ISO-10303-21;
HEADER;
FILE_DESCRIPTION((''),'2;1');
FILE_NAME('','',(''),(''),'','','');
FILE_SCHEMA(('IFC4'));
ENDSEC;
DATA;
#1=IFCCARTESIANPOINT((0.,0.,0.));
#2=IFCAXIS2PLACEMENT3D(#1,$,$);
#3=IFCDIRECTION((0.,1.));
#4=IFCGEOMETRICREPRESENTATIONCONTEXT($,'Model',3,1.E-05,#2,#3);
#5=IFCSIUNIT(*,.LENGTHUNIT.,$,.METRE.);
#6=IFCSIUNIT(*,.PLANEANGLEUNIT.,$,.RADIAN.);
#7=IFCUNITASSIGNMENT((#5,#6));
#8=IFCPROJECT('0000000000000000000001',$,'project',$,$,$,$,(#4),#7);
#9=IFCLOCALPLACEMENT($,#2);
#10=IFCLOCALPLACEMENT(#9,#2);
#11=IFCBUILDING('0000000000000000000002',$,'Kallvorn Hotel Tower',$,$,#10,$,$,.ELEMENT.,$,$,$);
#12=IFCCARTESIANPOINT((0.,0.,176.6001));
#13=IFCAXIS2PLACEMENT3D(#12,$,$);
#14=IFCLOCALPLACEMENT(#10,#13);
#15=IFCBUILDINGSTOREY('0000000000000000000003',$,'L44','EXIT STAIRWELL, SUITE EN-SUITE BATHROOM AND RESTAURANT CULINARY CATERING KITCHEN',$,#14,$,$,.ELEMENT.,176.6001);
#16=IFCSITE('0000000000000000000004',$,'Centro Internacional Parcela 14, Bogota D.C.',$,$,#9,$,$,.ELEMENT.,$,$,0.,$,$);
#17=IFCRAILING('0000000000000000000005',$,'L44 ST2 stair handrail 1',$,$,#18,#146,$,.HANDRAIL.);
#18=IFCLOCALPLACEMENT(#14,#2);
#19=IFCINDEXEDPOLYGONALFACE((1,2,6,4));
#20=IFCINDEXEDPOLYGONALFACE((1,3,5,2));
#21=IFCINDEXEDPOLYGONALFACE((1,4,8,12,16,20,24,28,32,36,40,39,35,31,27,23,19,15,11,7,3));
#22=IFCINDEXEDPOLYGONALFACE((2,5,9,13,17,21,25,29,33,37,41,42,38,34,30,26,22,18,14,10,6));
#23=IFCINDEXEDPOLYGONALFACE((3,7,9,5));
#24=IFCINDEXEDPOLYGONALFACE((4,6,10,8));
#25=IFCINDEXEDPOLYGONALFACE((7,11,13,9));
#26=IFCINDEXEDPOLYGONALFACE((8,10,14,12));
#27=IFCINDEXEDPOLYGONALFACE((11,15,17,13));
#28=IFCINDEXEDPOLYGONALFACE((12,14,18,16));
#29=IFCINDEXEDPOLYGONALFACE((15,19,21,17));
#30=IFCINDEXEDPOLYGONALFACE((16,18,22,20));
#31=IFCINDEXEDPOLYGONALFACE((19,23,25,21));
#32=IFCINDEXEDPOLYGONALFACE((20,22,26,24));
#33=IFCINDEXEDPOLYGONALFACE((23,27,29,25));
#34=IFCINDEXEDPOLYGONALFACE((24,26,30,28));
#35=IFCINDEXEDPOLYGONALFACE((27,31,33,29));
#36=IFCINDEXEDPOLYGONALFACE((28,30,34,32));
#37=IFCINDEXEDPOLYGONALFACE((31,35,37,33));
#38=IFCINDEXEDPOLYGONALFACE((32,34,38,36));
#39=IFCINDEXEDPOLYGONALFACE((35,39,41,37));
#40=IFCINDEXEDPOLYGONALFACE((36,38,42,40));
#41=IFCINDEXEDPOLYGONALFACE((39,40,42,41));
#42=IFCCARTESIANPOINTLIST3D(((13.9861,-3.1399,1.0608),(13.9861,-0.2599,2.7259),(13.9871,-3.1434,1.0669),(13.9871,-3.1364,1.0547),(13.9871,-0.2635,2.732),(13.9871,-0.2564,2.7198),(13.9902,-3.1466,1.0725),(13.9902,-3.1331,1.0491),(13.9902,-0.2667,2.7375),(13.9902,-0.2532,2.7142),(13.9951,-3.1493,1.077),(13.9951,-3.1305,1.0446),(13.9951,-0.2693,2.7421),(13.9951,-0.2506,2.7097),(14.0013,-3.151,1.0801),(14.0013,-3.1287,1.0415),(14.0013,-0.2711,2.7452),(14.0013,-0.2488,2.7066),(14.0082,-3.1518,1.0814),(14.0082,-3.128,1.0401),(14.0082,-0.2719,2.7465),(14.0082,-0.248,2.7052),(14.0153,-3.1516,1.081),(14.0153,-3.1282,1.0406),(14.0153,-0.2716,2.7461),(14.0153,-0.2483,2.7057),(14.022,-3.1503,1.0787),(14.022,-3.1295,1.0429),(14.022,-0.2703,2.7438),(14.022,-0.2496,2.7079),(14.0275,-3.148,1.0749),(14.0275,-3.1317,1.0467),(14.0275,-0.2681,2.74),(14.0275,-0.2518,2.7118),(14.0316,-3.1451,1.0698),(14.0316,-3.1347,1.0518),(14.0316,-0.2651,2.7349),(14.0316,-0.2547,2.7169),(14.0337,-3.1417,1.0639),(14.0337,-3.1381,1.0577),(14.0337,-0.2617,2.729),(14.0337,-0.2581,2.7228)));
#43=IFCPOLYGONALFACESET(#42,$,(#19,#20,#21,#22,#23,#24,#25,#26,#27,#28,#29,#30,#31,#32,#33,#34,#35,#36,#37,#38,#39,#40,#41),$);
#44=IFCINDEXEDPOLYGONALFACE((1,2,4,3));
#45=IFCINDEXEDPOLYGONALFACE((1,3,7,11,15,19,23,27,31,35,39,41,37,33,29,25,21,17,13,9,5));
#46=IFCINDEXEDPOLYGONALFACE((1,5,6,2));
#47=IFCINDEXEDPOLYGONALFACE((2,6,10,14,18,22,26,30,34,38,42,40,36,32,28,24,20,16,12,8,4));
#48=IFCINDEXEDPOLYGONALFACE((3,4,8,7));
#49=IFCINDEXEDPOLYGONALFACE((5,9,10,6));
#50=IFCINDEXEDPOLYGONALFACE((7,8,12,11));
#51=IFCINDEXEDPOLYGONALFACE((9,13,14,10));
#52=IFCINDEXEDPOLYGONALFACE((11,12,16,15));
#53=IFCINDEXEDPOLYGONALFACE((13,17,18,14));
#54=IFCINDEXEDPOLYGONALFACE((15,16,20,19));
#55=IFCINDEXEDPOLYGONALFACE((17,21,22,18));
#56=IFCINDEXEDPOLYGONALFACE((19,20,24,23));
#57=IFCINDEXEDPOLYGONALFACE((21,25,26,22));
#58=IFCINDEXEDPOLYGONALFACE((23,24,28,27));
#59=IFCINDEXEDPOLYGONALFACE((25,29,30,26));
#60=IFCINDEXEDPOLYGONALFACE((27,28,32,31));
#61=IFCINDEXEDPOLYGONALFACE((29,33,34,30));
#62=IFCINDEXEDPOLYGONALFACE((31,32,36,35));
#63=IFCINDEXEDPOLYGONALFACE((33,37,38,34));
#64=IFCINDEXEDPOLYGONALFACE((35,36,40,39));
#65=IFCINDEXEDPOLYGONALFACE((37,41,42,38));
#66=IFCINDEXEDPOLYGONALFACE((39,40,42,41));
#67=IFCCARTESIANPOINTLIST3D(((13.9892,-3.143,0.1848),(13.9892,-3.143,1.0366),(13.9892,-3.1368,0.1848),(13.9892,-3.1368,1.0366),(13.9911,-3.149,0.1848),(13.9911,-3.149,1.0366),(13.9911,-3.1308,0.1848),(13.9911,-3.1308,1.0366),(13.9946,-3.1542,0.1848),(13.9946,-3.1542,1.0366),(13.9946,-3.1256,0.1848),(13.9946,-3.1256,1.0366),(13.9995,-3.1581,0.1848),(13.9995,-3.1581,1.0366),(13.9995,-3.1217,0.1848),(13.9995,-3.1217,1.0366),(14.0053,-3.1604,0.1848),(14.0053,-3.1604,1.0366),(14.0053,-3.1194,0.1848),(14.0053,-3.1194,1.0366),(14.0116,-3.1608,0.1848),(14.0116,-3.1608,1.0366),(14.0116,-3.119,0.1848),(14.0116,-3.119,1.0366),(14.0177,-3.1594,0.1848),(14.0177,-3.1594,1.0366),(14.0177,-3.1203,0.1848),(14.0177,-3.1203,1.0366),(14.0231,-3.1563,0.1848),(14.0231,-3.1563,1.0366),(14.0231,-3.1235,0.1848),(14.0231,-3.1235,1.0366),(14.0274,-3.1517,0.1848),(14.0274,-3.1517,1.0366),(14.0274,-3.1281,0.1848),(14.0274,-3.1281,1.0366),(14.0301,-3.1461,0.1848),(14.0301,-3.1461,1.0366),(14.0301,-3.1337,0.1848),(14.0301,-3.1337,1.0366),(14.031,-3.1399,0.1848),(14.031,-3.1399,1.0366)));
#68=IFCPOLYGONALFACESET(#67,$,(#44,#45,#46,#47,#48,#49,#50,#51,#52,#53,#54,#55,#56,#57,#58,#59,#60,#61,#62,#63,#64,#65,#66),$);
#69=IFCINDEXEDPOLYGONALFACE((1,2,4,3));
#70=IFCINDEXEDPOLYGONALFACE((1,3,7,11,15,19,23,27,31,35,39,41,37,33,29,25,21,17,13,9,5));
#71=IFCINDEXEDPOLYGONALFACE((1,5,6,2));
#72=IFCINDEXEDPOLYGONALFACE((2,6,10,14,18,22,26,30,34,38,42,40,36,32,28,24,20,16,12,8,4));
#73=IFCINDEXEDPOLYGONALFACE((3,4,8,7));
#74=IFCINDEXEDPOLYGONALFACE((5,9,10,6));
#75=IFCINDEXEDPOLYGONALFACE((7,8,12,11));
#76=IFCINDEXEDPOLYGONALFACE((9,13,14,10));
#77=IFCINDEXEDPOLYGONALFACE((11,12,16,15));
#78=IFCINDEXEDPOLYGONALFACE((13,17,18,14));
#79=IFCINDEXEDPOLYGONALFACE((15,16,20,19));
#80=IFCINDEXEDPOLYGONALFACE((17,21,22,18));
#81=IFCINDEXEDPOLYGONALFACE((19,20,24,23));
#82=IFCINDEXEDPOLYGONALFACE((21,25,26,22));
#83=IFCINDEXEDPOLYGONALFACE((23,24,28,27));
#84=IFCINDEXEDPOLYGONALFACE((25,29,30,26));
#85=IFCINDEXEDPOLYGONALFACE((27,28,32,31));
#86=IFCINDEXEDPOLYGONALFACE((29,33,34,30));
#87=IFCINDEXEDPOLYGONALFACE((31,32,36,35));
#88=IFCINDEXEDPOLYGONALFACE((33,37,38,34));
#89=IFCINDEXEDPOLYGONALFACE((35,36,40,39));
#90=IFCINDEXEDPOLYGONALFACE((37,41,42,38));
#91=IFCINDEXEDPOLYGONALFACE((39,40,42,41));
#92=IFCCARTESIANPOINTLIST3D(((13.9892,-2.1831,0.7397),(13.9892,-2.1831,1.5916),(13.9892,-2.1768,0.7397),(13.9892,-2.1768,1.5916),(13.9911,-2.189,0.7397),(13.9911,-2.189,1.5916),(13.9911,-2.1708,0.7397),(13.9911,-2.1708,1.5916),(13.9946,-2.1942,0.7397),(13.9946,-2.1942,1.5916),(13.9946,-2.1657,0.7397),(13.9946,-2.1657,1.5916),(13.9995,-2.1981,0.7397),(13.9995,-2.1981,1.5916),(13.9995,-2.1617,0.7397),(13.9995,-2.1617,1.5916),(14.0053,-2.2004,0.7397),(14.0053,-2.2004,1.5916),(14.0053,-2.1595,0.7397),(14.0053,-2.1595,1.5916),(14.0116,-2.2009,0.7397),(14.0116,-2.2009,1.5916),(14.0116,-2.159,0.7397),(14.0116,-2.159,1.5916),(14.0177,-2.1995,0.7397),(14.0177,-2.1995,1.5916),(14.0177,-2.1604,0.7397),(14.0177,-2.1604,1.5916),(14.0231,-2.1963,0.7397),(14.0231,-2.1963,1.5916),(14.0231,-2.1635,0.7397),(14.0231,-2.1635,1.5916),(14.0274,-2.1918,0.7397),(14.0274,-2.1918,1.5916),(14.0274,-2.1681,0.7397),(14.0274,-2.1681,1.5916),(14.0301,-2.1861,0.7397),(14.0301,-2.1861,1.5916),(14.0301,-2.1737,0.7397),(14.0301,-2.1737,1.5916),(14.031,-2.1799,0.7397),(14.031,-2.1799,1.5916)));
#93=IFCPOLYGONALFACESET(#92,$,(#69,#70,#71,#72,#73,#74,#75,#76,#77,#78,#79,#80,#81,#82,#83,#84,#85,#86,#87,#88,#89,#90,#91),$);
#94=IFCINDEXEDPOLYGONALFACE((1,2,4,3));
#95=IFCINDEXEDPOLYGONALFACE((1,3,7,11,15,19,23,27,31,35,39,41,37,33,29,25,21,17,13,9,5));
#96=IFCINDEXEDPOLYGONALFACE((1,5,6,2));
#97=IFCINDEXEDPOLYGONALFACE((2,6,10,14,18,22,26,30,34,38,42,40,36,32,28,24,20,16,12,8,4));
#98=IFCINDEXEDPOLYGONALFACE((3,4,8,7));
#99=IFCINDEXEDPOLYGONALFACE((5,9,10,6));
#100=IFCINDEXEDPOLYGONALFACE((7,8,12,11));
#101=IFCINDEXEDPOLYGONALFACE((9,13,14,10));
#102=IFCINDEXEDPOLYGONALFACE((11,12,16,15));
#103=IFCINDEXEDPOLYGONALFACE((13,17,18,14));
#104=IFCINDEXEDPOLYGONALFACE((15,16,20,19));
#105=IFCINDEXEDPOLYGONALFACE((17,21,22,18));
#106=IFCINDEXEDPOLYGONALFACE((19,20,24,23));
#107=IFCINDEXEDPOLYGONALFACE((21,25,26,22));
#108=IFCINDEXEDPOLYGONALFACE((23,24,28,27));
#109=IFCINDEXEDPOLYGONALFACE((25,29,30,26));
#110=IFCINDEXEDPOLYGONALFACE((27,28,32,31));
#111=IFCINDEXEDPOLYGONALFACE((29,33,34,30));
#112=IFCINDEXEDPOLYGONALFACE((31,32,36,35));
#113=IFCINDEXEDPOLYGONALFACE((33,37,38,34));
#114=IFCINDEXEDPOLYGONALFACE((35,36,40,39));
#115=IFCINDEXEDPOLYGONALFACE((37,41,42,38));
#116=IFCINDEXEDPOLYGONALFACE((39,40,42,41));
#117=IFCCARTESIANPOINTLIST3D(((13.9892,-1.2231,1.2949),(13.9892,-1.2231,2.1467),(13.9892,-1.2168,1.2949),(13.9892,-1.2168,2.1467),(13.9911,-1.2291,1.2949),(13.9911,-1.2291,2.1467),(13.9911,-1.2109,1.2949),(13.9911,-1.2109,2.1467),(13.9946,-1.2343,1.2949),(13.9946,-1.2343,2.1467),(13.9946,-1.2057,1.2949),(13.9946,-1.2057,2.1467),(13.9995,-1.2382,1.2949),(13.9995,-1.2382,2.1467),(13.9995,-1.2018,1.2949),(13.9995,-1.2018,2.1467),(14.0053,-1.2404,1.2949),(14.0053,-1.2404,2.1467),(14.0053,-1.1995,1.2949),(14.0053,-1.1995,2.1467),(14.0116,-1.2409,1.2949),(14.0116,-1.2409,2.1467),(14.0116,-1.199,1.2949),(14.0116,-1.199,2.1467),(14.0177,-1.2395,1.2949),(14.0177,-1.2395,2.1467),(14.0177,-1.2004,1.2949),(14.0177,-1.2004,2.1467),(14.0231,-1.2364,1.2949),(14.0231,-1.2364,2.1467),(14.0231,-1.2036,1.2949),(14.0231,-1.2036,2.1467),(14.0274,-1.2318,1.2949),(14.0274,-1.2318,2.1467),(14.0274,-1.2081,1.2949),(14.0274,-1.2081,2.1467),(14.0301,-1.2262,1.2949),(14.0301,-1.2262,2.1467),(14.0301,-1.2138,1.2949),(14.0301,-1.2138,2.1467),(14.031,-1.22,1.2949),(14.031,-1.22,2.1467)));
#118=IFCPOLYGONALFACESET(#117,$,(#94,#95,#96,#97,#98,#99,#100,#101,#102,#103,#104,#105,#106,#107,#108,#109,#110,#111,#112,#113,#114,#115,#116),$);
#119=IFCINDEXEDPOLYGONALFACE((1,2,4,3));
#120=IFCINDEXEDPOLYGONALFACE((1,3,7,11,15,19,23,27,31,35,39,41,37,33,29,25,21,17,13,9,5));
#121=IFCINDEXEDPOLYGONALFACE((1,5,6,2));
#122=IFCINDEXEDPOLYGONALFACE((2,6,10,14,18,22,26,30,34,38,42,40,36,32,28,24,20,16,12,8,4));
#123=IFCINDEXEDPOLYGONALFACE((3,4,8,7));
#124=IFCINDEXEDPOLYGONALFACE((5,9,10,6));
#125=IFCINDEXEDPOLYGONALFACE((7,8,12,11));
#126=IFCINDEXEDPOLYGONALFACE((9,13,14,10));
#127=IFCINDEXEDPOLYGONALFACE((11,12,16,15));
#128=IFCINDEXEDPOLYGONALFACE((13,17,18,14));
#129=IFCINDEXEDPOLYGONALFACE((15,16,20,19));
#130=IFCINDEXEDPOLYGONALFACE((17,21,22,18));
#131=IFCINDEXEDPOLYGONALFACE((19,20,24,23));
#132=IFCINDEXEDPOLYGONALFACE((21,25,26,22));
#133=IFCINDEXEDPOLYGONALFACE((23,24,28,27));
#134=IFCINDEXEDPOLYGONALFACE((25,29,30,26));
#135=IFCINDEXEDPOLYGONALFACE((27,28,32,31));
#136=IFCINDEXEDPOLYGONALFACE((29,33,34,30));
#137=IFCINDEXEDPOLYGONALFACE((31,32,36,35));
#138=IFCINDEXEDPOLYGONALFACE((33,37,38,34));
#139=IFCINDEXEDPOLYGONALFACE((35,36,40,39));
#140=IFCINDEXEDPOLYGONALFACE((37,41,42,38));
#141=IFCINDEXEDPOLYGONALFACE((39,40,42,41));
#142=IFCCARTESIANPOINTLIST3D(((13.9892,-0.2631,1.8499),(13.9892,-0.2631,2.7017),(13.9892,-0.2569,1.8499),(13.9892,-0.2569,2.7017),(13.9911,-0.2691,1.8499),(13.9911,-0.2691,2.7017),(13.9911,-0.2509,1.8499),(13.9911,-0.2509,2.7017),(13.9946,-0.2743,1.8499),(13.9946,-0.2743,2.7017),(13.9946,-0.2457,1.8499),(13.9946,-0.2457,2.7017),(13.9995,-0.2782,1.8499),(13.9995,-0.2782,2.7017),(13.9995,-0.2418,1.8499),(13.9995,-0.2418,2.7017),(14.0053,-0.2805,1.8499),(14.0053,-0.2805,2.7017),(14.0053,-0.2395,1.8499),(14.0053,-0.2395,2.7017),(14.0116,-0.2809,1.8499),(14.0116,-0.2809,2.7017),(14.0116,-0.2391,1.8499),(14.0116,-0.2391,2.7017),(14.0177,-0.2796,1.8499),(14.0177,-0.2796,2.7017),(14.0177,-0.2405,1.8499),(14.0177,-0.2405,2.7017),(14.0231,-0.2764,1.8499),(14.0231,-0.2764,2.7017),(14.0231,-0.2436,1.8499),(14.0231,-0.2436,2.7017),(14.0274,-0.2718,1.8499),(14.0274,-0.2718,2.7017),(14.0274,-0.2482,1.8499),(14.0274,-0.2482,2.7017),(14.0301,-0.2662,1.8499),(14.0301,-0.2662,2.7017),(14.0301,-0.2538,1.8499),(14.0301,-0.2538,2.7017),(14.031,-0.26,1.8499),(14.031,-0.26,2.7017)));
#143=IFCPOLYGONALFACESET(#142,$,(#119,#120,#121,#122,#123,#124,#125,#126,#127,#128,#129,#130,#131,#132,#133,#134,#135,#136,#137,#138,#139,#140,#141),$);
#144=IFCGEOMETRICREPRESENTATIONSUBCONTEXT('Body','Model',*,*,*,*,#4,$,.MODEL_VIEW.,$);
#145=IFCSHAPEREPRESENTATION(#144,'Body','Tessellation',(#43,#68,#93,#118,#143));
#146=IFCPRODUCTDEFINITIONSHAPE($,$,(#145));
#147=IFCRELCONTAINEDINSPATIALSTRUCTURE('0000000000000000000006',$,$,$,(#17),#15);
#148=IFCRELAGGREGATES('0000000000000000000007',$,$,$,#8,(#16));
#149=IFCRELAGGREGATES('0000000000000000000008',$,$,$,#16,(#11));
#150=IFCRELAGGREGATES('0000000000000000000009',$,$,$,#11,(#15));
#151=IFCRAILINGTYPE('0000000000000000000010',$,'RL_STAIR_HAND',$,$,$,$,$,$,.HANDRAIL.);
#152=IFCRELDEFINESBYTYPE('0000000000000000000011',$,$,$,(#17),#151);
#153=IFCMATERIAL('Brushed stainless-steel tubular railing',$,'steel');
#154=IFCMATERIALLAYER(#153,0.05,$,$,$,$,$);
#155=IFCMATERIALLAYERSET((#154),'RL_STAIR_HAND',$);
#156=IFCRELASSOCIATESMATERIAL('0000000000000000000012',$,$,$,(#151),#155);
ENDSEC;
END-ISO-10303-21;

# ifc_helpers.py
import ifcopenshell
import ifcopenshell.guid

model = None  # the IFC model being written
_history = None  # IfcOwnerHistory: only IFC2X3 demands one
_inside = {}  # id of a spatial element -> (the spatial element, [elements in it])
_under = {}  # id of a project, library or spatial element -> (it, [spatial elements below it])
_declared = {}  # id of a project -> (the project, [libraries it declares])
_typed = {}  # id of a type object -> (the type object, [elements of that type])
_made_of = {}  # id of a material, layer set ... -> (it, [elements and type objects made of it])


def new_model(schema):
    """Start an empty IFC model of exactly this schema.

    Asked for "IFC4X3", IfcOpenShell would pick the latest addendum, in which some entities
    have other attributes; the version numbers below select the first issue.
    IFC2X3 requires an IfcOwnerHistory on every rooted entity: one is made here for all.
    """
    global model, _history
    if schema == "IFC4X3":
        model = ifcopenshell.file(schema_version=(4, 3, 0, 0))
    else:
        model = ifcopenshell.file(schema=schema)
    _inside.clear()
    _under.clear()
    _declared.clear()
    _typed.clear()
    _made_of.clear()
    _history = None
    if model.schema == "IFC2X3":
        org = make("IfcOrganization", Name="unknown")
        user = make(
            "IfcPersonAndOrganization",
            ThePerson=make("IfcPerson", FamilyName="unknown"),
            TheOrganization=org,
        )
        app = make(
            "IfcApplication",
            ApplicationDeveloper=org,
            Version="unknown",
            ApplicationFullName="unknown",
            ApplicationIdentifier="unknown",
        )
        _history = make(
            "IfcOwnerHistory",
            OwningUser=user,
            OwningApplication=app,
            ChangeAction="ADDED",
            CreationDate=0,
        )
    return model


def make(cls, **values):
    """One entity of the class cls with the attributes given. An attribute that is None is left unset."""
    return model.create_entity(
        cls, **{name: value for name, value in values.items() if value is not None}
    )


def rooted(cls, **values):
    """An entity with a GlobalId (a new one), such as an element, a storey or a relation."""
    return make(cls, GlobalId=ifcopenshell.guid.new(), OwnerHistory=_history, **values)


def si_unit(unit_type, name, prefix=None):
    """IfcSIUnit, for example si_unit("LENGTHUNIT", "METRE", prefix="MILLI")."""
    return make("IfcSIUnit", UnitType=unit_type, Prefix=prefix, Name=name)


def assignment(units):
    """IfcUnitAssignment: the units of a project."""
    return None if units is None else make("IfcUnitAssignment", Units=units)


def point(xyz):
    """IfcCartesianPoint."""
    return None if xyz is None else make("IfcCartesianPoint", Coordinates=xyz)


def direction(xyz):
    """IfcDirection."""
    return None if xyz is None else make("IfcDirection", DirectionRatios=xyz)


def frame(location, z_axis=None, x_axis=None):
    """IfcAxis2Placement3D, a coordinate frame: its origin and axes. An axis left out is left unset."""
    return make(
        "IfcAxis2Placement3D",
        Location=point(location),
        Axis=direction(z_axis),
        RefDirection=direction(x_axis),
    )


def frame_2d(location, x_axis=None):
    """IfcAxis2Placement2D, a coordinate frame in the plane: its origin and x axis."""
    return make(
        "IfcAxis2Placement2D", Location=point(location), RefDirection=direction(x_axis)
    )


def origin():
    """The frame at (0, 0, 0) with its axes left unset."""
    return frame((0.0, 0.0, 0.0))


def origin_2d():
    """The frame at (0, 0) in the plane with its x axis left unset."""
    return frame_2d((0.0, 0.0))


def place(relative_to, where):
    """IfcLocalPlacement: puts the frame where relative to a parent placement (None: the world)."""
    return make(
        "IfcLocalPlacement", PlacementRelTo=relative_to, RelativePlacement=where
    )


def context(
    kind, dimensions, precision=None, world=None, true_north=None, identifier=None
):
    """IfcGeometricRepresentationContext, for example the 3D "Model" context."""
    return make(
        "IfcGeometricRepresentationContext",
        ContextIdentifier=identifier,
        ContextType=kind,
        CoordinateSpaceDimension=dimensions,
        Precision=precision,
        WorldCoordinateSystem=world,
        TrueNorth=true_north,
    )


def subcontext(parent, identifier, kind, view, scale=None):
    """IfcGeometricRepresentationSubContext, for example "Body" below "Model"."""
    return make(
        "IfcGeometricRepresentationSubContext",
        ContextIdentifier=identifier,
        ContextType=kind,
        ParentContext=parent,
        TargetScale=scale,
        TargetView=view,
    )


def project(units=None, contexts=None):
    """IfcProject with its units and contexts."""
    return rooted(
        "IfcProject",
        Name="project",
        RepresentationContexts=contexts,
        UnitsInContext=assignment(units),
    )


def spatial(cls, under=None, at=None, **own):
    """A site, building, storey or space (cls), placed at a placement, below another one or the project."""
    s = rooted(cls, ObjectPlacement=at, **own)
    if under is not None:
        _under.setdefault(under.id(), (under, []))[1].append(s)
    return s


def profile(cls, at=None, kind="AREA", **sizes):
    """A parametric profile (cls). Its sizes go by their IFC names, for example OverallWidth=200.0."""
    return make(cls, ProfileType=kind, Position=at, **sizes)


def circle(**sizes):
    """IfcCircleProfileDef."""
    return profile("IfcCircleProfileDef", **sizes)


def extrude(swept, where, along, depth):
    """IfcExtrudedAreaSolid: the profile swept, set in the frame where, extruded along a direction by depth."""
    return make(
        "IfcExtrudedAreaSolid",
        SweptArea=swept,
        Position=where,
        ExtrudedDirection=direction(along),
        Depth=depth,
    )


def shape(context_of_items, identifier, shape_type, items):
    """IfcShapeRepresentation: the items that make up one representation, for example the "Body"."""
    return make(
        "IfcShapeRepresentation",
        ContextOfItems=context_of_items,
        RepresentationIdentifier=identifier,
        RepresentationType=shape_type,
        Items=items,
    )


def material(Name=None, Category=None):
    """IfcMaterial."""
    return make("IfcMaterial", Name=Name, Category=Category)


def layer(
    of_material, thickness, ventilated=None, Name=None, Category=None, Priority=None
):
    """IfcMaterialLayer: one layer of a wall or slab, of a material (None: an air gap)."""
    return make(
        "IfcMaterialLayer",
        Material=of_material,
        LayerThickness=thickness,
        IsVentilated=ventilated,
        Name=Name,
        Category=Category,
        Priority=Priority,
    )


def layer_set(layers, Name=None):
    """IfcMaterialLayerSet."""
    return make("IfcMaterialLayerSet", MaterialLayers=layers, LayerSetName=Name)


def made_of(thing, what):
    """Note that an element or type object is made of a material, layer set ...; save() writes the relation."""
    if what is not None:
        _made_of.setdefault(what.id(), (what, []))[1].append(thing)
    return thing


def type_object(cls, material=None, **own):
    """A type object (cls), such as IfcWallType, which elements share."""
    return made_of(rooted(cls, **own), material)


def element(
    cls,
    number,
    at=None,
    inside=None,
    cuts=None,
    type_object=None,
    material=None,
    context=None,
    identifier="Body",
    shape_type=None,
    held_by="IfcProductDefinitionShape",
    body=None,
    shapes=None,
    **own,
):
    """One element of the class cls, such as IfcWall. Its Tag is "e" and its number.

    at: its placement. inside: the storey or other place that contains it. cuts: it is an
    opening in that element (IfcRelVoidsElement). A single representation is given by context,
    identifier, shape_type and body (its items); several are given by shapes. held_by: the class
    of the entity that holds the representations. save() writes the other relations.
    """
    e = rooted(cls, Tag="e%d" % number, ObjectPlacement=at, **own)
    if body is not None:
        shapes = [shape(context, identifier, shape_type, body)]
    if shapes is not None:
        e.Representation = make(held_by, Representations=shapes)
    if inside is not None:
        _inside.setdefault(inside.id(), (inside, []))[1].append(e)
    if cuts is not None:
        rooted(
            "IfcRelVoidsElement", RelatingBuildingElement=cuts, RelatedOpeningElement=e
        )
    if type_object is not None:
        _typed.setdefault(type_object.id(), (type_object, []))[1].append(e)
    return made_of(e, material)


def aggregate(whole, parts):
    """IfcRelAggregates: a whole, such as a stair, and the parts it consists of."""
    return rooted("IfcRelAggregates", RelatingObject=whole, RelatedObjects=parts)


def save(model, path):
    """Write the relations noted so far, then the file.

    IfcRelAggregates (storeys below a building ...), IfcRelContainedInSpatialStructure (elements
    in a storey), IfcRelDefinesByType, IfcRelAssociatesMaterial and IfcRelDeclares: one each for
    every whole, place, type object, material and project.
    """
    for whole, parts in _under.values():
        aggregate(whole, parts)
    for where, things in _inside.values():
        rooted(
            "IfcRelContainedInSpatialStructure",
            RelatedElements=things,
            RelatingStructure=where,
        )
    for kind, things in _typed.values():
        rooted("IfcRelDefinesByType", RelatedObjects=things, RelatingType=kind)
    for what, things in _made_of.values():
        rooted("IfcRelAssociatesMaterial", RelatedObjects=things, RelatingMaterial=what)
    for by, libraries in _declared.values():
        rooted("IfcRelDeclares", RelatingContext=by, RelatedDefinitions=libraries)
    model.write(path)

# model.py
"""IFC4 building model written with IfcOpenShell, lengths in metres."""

from ifc_helpers import new_model, si_unit, direction, frame, origin, origin_2d, place, context, subcontext, project, spatial, circle, extrude, material, layer, layer_set, type_object, element, save


model = new_model("IFC4")

# Units and contexts
model_context = context("Model", 3, precision=1e-05, world=origin(), true_north=direction((0.0, 1.0)))
body_context = subcontext(model_context, "Body", "Model", "MODEL_VIEW")
ifc_project = project(units=[si_unit("LENGTHUNIT", "METRE"), si_unit("PLANEANGLEUNIT", "RADIAN")], contexts=[model_context])

# Site, building, storey
site_placement = place(None, origin())
site = spatial("IfcSite", under=ifc_project, at=site_placement, Name="Centro Internacional Parcela 14, Bogota D.C.", CompositionType="ELEMENT", RefElevation=0.0)
building_placement = place(site_placement, origin())
building = spatial("IfcBuilding", under=site, at=building_placement, Name="Kallvorn Hotel Tower", CompositionType="ELEMENT")
storey_placement = place(building_placement, frame((0.0, 0.0, 176.6001)))
storey = spatial("IfcBuildingStorey", under=building, at=storey_placement, Name="L44", Description="EXIT STAIRWELL, SUITE EN-SUITE BATHROOM AND RESTAURANT CULINARY CATERING KITCHEN", CompositionType="ELEMENT", Elevation=176.6001)

# Railing
ifc_material_1 = material(Name="Brushed stainless-steel tubular railing", Category="steel")
ifc_layer_1 = layer(ifc_material_1, 0.05)
ifc_layer_set_1 = layer_set([ifc_layer_1], Name="RL_STAIR_HAND")
railing_type_1 = type_object("IfcRailingType", Name="RL_STAIR_HAND", PredefinedType="HANDRAIL", material=ifc_layer_set_1)
railing_1_placement = place(storey_placement, frame((14.01, -3.1399, 0.1848)))
element("IfcRailing", 1, at=railing_1_placement, inside=storey, type_object=railing_type_1, Name="L44 ST2 stair handrail 1", PredefinedType="HANDRAIL", context=body_context, shape_type="SweptSolid", body=[
    extrude(circle(Radius=0.0239, at=origin_2d()), frame((0.0, 0.0, 0.876), z_axis=(0.0, 0.865721, 0.500527), x_axis=(-1.0, 0.0, 0.0)), (0.0, 0.0, 1.0), 3.3267),
    extrude(circle(Radius=0.021, at=origin_2d()), origin(), (0.0, 0.0, 1.0), 0.8518),
    extrude(circle(Radius=0.021, at=origin_2d()), frame((0.0, 0.96, 0.5549)), (0.0, 0.0, 1.0), 0.8518),
    extrude(circle(Radius=0.021, at=origin_2d()), frame((0.0, 1.9199, 1.1101)), (0.0, 0.0, 1.0), 0.8518),
    extrude(circle(Radius=0.021, at=origin_2d()), frame((0.0, 2.8799, 1.665)), (0.0, 0.0, 1.0), 0.8518),
])

save(model, "model.ifc")
